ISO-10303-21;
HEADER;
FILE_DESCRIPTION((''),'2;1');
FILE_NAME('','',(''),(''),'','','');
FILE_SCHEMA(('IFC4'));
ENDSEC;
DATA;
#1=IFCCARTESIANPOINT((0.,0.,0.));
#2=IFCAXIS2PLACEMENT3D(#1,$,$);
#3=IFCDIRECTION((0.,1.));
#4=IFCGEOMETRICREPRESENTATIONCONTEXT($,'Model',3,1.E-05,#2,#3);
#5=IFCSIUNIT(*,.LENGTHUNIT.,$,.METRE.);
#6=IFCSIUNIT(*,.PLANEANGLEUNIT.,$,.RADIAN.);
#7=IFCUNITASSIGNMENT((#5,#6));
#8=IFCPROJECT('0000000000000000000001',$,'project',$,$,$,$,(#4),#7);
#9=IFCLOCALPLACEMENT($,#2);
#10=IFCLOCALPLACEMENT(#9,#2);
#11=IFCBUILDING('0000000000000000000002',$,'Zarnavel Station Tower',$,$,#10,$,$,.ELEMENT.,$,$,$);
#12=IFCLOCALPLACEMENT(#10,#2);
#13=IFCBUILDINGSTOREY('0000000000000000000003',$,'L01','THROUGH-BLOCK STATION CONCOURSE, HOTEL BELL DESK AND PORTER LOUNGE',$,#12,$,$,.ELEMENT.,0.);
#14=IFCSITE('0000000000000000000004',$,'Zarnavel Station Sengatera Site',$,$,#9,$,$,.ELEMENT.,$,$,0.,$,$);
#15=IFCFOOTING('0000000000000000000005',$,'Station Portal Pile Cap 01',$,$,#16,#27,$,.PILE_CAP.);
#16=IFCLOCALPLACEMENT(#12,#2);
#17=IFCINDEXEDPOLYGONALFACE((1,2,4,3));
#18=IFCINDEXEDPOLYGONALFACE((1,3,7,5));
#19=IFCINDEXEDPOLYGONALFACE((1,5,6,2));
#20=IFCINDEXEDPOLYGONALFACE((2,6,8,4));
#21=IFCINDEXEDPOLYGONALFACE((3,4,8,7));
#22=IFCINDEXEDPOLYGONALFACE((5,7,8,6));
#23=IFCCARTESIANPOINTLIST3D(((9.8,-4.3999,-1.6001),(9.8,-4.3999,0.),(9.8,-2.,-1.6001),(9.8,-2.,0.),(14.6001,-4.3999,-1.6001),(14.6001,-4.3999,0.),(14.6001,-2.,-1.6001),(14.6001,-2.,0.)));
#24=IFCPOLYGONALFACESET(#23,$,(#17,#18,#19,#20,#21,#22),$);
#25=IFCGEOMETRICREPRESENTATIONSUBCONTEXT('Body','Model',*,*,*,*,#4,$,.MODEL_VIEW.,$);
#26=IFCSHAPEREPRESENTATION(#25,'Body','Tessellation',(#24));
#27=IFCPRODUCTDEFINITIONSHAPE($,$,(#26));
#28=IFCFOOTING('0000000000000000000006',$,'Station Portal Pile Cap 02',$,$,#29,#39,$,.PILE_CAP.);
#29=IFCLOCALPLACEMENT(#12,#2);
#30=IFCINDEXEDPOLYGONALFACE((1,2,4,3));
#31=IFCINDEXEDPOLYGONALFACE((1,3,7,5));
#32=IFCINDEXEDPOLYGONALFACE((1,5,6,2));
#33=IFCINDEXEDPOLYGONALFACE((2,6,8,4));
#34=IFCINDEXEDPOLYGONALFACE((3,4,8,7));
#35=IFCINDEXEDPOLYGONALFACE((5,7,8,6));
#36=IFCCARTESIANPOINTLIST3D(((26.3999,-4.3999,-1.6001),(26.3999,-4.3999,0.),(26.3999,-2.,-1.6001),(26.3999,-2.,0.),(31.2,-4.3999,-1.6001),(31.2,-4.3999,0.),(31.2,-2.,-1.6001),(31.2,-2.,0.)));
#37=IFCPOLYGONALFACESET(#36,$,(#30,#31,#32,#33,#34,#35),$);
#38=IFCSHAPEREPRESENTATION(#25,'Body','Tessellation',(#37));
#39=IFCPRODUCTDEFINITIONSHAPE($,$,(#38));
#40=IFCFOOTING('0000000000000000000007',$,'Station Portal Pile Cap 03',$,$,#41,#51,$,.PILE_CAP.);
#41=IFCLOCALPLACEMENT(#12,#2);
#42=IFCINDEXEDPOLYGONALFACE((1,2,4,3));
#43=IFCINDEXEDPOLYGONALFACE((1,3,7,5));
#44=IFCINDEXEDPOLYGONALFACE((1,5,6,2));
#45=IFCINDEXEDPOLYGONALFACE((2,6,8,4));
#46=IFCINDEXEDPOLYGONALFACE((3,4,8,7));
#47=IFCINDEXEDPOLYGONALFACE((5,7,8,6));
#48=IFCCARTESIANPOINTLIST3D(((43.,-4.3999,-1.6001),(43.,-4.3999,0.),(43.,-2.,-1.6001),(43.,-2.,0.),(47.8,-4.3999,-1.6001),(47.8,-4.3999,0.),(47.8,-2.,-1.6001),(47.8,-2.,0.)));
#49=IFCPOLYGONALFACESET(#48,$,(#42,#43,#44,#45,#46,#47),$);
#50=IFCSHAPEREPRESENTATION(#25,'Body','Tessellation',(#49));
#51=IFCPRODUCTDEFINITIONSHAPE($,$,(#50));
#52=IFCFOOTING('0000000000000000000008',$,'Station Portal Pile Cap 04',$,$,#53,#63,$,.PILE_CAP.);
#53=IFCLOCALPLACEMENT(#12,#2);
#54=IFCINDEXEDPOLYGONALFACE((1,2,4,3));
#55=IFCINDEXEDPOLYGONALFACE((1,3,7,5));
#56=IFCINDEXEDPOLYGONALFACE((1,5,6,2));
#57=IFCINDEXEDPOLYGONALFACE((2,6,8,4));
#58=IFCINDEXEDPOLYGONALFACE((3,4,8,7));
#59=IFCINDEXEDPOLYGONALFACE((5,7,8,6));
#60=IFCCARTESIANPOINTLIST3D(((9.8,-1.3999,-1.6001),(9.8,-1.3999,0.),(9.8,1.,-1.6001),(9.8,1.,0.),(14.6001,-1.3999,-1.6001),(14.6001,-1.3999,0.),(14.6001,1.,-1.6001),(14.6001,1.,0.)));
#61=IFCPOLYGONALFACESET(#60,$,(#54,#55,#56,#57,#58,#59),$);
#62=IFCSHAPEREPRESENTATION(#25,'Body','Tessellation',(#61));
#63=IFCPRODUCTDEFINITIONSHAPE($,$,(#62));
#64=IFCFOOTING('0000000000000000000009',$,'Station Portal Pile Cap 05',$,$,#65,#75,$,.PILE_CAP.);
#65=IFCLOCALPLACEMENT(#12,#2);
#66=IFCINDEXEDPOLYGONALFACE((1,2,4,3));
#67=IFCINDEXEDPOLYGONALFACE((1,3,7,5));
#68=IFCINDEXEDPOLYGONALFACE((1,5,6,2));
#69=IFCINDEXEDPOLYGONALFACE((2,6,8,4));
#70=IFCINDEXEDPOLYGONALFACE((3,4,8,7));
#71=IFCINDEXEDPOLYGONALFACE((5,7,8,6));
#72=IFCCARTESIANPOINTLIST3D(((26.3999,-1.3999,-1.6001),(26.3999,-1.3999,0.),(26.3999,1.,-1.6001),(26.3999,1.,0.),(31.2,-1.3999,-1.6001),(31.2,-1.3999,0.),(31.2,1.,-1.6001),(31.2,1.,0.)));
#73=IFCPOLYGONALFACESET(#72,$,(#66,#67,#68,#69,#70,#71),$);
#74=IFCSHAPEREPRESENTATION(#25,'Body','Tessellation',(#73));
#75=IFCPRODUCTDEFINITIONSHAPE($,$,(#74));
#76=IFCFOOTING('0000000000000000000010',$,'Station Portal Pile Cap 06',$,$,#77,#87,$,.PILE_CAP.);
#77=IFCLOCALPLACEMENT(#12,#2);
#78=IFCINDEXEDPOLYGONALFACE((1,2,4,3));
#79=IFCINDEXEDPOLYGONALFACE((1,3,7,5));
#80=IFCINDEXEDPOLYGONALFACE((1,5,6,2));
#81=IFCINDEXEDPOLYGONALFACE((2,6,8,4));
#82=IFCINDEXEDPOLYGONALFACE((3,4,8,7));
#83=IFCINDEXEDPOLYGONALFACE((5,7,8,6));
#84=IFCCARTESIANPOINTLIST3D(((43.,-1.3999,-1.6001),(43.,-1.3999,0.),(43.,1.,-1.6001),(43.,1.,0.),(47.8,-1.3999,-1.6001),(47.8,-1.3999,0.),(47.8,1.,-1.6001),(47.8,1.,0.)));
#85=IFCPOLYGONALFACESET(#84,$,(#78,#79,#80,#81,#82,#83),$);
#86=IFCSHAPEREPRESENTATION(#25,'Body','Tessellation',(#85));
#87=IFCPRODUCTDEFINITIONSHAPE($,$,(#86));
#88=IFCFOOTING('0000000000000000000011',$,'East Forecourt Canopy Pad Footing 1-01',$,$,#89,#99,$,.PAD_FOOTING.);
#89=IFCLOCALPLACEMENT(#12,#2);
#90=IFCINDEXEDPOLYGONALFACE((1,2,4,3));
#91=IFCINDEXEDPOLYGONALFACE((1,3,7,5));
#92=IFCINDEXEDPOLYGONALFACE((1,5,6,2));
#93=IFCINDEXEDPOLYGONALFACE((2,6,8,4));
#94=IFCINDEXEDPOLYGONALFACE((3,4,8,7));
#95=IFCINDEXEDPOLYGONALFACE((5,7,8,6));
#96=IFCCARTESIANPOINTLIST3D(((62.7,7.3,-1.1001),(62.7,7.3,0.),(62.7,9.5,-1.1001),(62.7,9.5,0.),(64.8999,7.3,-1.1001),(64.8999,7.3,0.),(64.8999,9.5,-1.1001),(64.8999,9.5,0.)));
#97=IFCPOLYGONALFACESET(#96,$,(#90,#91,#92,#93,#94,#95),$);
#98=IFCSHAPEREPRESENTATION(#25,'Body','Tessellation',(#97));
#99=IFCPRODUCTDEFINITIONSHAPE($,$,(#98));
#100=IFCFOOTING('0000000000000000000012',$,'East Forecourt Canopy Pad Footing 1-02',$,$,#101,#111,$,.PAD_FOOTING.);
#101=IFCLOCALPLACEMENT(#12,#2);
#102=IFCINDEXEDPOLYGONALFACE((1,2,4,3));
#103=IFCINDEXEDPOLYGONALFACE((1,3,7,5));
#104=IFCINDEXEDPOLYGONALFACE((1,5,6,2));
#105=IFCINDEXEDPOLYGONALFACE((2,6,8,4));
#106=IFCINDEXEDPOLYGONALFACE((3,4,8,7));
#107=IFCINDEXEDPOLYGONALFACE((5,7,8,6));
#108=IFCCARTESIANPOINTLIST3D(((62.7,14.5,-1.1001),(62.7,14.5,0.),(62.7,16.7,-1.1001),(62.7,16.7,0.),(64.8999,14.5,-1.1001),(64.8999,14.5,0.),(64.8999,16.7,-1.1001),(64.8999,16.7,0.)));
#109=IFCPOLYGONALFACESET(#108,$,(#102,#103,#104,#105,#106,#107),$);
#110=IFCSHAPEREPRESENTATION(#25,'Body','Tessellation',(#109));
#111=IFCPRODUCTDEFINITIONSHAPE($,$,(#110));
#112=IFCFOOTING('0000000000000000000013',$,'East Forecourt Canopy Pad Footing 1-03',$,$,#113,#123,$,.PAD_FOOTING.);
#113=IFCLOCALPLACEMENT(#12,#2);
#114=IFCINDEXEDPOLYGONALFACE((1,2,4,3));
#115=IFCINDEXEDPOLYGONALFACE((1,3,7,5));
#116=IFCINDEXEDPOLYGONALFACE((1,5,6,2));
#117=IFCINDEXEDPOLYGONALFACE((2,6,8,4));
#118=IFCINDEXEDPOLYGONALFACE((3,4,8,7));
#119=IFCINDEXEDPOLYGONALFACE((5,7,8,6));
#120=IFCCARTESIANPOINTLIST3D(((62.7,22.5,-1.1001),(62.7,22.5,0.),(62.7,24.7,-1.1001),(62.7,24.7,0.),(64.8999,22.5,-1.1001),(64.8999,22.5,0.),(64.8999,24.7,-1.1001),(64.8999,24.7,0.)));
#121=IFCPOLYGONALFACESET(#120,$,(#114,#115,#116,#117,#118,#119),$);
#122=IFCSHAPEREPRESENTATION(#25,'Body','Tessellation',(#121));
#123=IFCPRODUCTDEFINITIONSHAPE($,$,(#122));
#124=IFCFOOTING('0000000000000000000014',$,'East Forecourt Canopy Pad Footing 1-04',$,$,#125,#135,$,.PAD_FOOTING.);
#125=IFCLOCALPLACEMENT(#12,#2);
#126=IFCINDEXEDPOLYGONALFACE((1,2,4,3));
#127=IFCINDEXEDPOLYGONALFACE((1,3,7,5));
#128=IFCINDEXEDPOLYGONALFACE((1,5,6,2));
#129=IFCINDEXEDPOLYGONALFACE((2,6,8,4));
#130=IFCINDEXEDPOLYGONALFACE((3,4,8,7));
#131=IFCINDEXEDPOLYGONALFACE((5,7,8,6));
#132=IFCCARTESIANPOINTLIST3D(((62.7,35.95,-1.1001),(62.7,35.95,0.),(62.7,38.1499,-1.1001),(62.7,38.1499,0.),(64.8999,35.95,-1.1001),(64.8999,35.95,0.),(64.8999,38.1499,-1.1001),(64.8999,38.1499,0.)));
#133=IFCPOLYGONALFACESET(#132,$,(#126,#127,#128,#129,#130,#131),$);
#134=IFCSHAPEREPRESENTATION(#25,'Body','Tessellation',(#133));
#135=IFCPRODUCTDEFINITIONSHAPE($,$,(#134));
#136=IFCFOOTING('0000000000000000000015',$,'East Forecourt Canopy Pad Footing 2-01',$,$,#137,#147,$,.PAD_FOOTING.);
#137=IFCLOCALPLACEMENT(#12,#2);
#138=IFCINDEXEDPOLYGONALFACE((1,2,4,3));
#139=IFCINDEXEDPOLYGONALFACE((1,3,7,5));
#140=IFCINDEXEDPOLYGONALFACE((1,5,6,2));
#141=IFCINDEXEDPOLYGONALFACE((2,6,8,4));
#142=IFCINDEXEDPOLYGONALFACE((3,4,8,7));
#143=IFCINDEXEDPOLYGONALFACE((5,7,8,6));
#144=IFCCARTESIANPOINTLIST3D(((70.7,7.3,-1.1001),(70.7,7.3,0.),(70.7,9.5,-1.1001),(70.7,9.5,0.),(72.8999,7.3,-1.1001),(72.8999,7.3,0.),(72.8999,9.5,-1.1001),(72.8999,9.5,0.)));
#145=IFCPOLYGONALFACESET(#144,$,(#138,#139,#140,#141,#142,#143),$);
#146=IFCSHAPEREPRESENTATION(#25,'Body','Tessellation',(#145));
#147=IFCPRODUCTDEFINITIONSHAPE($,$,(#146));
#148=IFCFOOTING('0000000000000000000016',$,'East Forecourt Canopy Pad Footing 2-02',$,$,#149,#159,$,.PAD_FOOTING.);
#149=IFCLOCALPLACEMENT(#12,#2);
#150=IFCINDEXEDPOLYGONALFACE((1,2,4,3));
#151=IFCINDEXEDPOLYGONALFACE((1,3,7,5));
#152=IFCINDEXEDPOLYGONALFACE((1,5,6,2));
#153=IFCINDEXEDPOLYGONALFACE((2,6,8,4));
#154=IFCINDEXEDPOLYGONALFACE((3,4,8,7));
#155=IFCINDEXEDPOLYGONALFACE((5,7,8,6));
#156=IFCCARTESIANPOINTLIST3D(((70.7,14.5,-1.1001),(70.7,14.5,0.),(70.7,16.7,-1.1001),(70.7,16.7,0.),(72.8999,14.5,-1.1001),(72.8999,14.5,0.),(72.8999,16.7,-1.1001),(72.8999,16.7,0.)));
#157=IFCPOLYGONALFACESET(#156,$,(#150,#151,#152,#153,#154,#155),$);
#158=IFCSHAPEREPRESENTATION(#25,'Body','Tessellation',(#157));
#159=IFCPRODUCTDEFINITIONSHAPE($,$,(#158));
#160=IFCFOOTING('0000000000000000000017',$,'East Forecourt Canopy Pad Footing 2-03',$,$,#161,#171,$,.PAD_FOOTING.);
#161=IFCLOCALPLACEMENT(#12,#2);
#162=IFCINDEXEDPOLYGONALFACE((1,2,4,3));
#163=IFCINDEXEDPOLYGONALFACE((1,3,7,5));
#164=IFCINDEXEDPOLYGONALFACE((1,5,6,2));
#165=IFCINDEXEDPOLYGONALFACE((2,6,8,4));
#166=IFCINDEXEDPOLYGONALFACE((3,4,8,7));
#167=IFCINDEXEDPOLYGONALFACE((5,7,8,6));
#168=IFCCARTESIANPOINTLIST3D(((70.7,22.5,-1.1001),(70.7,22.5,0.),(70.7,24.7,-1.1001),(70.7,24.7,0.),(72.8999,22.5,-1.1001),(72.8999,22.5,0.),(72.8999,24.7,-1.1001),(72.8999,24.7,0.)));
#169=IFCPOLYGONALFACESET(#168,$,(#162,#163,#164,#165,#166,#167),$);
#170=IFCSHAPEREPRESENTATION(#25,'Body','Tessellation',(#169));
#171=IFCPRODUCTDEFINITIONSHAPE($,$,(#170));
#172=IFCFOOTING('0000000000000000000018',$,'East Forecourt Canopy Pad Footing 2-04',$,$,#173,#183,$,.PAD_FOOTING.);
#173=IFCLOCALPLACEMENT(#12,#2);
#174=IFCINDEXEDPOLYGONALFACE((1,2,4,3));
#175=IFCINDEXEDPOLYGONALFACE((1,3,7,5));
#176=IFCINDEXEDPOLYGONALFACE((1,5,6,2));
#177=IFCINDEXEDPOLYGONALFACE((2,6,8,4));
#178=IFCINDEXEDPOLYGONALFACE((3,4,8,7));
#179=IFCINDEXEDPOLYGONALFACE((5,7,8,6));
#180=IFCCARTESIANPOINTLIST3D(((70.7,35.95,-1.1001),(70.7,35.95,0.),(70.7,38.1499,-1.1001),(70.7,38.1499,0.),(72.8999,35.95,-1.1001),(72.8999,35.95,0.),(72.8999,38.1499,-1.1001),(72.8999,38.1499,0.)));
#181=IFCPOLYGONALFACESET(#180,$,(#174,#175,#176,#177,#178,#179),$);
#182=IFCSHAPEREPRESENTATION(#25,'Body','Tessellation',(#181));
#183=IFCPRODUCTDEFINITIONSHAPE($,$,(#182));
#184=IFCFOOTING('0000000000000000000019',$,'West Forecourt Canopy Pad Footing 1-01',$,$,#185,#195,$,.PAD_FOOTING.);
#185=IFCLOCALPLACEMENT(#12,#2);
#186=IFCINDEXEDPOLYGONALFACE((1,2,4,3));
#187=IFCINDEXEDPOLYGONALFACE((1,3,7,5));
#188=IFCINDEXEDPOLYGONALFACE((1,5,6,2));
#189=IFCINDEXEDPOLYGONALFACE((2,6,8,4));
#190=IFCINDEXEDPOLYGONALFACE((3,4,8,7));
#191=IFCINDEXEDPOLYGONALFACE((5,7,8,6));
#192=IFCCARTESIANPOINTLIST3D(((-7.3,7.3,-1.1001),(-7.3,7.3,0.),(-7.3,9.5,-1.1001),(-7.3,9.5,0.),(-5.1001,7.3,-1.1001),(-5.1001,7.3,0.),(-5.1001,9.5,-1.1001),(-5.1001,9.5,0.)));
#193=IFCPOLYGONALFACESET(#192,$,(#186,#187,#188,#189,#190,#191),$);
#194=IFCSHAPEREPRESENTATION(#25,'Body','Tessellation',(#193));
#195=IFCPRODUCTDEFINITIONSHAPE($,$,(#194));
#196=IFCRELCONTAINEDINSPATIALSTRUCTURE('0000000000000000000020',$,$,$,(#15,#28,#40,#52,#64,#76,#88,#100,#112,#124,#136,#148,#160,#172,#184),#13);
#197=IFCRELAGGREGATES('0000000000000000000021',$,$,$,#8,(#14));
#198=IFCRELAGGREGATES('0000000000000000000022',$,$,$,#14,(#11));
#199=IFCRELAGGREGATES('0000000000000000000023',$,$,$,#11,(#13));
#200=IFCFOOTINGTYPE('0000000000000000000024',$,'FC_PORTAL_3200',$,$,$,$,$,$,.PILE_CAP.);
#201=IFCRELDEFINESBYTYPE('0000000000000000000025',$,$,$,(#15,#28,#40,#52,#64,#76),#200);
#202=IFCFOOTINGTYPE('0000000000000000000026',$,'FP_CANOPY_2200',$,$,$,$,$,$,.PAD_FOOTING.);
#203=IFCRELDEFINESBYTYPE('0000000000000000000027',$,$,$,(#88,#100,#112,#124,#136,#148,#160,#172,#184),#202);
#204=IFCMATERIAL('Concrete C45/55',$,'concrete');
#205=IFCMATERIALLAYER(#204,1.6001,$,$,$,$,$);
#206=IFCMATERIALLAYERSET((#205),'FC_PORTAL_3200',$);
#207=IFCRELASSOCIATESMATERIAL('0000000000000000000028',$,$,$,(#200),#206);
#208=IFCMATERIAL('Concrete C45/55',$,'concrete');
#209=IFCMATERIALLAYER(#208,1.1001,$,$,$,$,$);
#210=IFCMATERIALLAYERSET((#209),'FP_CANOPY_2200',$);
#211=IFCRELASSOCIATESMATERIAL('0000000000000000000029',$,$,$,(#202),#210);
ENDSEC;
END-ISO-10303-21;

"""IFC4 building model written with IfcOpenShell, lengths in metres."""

from ifc_helpers import new_model, si_unit, direction, frame, origin, place, context, subcontext, project, spatial, polyline, outline, extrude, material, layer, layer_set, type_object, element, save


model = new_model("IFC4")

# Units and contexts
model_context = context("Model", 3, precision=1e-05, world=origin(), true_north=direction((0.0, 1.0)))
body_context = subcontext(model_context, "Body", "Model", "MODEL_VIEW")
ifc_project = project(units=[si_unit("LENGTHUNIT", "METRE"), si_unit("PLANEANGLEUNIT", "RADIAN")], contexts=[model_context])

# Site, building, storey
site_placement = place(None, origin())
site = spatial("IfcSite", under=ifc_project, at=site_placement, Name="Zarnavel Station Sengatera Site", CompositionType="ELEMENT", RefElevation=0.0)
building_placement = place(site_placement, origin())
building = spatial("IfcBuilding", under=site, at=building_placement, Name="Zarnavel Station Tower", CompositionType="ELEMENT")
storey_placement = place(building_placement, origin())
storey = spatial("IfcBuildingStorey", under=building, at=storey_placement, Name="L01", Description="THROUGH-BLOCK STATION CONCOURSE, HOTEL BELL DESK AND PORTER LOUNGE", CompositionType="ELEMENT", Elevation=0.0)

# Footings
ifc_material_1 = material(Name="Concrete C45/55", Category="concrete")
ifc_layer_1 = layer(ifc_material_1, 1.6001)
ifc_layer_set_1 = layer_set([ifc_layer_1], Name="FC_PORTAL_3200")
footing_type_1 = type_object("IfcFootingType", Name="FC_PORTAL_3200", PredefinedType="PILE_CAP", material=ifc_layer_set_1)
footing_1_placement = place(storey_placement, frame((0.0, 0.0, -1.6001)))
element("IfcFooting", 1, at=footing_1_placement, inside=storey, type_object=footing_type_1, Name="Station Portal Pile Cap 01", PredefinedType="PILE_CAP", context=body_context, shape_type="SweptSolid", body=[
    extrude(outline(polyline([(9.8, -4.3999), (14.6001, -4.3999), (14.6001, -2.0), (9.8, -2.0), (9.8, -4.3999)])), origin(), (0.0, 0.0, 1.0), 1.6001),
])
footing_2_placement = place(storey_placement, frame((0.0, 0.0, -1.6001)))
element("IfcFooting", 2, at=footing_2_placement, inside=storey, type_object=footing_type_1, Name="Station Portal Pile Cap 02", PredefinedType="PILE_CAP", context=body_context, shape_type="SweptSolid", body=[
    extrude(outline(polyline([(26.3999, -4.3999), (31.2, -4.3999), (31.2, -2.0), (26.3999, -2.0), (26.3999, -4.3999)])), origin(), (0.0, 0.0, 1.0), 1.6001),
])
footing_3_placement = place(storey_placement, frame((0.0, 0.0, -1.6001)))
element("IfcFooting", 3, at=footing_3_placement, inside=storey, type_object=footing_type_1, Name="Station Portal Pile Cap 03", PredefinedType="PILE_CAP", context=body_context, shape_type="SweptSolid", body=[
    extrude(outline(polyline([(43.0, -4.3999), (47.8, -4.3999), (47.8, -2.0), (43.0, -2.0), (43.0, -4.3999)])), origin(), (0.0, 0.0, 1.0), 1.6001),
])
footing_4_placement = place(storey_placement, frame((0.0, 0.0, -1.6001)))
element("IfcFooting", 4, at=footing_4_placement, inside=storey, type_object=footing_type_1, Name="Station Portal Pile Cap 04", PredefinedType="PILE_CAP", context=body_context, shape_type="SweptSolid", body=[
    extrude(outline(polyline([(9.8, -1.3999), (14.6001, -1.3999), (14.6001, 1.0), (9.8, 1.0), (9.8, -1.3999)])), origin(), (0.0, 0.0, 1.0), 1.6001),
])
footing_5_placement = place(storey_placement, frame((0.0, 0.0, -1.6001)))
element("IfcFooting", 5, at=footing_5_placement, inside=storey, type_object=footing_type_1, Name="Station Portal Pile Cap 05", PredefinedType="PILE_CAP", context=body_context, shape_type="SweptSolid", body=[
    extrude(outline(polyline([(26.3999, -1.3999), (31.2, -1.3999), (31.2, 1.0), (26.3999, 1.0), (26.3999, -1.3999)])), origin(), (0.0, 0.0, 1.0), 1.6001),
])
footing_6_placement = place(storey_placement, frame((0.0, 0.0, -1.6001)))
element("IfcFooting", 6, at=footing_6_placement, inside=storey, type_object=footing_type_1, Name="Station Portal Pile Cap 06", PredefinedType="PILE_CAP", context=body_context, shape_type="SweptSolid", body=[
    extrude(outline(polyline([(43.0, -1.3999), (47.8, -1.3999), (47.8, 1.0), (43.0, 1.0), (43.0, -1.3999)])), origin(), (0.0, 0.0, 1.0), 1.6001),
])
ifc_material_2 = material(Name="Concrete C45/55", Category="concrete")
ifc_layer_2 = layer(ifc_material_2, 1.1001)
ifc_layer_set_2 = layer_set([ifc_layer_2], Name="FP_CANOPY_2200")
footing_type_2 = type_object("IfcFootingType", Name="FP_CANOPY_2200", PredefinedType="PAD_FOOTING", material=ifc_layer_set_2)
footing_7_placement = place(storey_placement, frame((0.0, 0.0, -1.1001)))
element("IfcFooting", 7, at=footing_7_placement, inside=storey, type_object=footing_type_2, Name="East Forecourt Canopy Pad Footing 1-01", PredefinedType="PAD_FOOTING", context=body_context, shape_type="SweptSolid", body=[
    extrude(outline(polyline([(62.7, 7.3), (64.8999, 7.3), (64.8999, 9.5), (62.7, 9.5), (62.7, 7.3)])), origin(), (0.0, 0.0, 1.0), 1.1001),
])
footing_8_placement = place(storey_placement, frame((0.0, 0.0, -1.1001)))
element("IfcFooting", 8, at=footing_8_placement, inside=storey, type_object=footing_type_2, Name="East Forecourt Canopy Pad Footing 1-02", PredefinedType="PAD_FOOTING", context=body_context, shape_type="SweptSolid", body=[
    extrude(outline(polyline([(62.7, 14.5), (64.8999, 14.5), (64.8999, 16.7), (62.7, 16.7), (62.7, 14.5)])), origin(), (0.0, 0.0, 1.0), 1.1001),
])
footing_9_placement = place(storey_placement, frame((0.0, 0.0, -1.1001)))
element("IfcFooting", 9, at=footing_9_placement, inside=storey, type_object=footing_type_2, Name="East Forecourt Canopy Pad Footing 1-03", PredefinedType="PAD_FOOTING", context=body_context, shape_type="SweptSolid", body=[
    extrude(outline(polyline([(62.7, 22.5), (64.8999, 22.5), (64.8999, 24.7), (62.7, 24.7), (62.7, 22.5)])), origin(), (0.0, 0.0, 1.0), 1.1001),
])
footing_10_placement = place(storey_placement, frame((0.0, 0.0, -1.1001)))
element("IfcFooting", 10, at=footing_10_placement, inside=storey, type_object=footing_type_2, Name="East Forecourt Canopy Pad Footing 1-04", PredefinedType="PAD_FOOTING", context=body_context, shape_type="SweptSolid", body=[
    extrude(outline(polyline([(62.7, 35.95), (64.8999, 35.95), (64.8999, 38.1499), (62.7, 38.1499), (62.7, 35.95)])), origin(), (0.0, 0.0, 1.0), 1.1001),
])
footing_11_placement = place(storey_placement, frame((0.0, 0.0, -1.1001)))
element("IfcFooting", 11, at=footing_11_placement, inside=storey, type_object=footing_type_2, Name="East Forecourt Canopy Pad Footing 2-01", PredefinedType="PAD_FOOTING", context=body_context, shape_type="SweptSolid", body=[
    extrude(outline(polyline([(70.7, 7.3), (72.8999, 7.3), (72.8999, 9.5), (70.7, 9.5), (70.7, 7.3)])), origin(), (0.0, 0.0, 1.0), 1.1001),
])
footing_12_placement = place(storey_placement, frame((0.0, 0.0, -1.1001)))
element("IfcFooting", 12, at=footing_12_placement, inside=storey, type_object=footing_type_2, Name="East Forecourt Canopy Pad Footing 2-02", PredefinedType="PAD_FOOTING", context=body_context, shape_type="SweptSolid", body=[
    extrude(outline(polyline([(70.7, 14.5), (72.8999, 14.5), (72.8999, 16.7), (70.7, 16.7), (70.7, 14.5)])), origin(), (0.0, 0.0, 1.0), 1.1001),
])
footing_13_placement = place(storey_placement, frame((0.0, 0.0, -1.1001)))
element("IfcFooting", 13, at=footing_13_placement, inside=storey, type_object=footing_type_2, Name="East Forecourt Canopy Pad Footing 2-03", PredefinedType="PAD_FOOTING", context=body_context, shape_type="SweptSolid", body=[
    extrude(outline(polyline([(70.7, 22.5), (72.8999, 22.5), (72.8999, 24.7), (70.7, 24.7), (70.7, 22.5)])), origin(), (0.0, 0.0, 1.0), 1.1001),
])
footing_14_placement = place(storey_placement, frame((0.0, 0.0, -1.1001)))
element("IfcFooting", 14, at=footing_14_placement, inside=storey, type_object=footing_type_2, Name="East Forecourt Canopy Pad Footing 2-04", PredefinedType="PAD_FOOTING", context=body_context, shape_type="SweptSolid", body=[
    extrude(outline(polyline([(70.7, 35.95), (72.8999, 35.95), (72.8999, 38.1499), (70.7, 38.1499), (70.7, 35.95)])), origin(), (0.0, 0.0, 1.0), 1.1001),
])
footing_15_placement = place(storey_placement, frame((0.0, 0.0, -1.1001)))
element("IfcFooting", 15, at=footing_15_placement, inside=storey, type_object=footing_type_2, Name="West Forecourt Canopy Pad Footing 1-01", PredefinedType="PAD_FOOTING", context=body_context, shape_type="SweptSolid", body=[
    extrude(outline(polyline([(-7.3, 7.3), (-5.1001, 7.3), (-5.1001, 9.5), (-7.3, 9.5), (-7.3, 7.3)])), origin(), (0.0, 0.0, 1.0), 1.1001),
])

save(model, "model.ifc")
